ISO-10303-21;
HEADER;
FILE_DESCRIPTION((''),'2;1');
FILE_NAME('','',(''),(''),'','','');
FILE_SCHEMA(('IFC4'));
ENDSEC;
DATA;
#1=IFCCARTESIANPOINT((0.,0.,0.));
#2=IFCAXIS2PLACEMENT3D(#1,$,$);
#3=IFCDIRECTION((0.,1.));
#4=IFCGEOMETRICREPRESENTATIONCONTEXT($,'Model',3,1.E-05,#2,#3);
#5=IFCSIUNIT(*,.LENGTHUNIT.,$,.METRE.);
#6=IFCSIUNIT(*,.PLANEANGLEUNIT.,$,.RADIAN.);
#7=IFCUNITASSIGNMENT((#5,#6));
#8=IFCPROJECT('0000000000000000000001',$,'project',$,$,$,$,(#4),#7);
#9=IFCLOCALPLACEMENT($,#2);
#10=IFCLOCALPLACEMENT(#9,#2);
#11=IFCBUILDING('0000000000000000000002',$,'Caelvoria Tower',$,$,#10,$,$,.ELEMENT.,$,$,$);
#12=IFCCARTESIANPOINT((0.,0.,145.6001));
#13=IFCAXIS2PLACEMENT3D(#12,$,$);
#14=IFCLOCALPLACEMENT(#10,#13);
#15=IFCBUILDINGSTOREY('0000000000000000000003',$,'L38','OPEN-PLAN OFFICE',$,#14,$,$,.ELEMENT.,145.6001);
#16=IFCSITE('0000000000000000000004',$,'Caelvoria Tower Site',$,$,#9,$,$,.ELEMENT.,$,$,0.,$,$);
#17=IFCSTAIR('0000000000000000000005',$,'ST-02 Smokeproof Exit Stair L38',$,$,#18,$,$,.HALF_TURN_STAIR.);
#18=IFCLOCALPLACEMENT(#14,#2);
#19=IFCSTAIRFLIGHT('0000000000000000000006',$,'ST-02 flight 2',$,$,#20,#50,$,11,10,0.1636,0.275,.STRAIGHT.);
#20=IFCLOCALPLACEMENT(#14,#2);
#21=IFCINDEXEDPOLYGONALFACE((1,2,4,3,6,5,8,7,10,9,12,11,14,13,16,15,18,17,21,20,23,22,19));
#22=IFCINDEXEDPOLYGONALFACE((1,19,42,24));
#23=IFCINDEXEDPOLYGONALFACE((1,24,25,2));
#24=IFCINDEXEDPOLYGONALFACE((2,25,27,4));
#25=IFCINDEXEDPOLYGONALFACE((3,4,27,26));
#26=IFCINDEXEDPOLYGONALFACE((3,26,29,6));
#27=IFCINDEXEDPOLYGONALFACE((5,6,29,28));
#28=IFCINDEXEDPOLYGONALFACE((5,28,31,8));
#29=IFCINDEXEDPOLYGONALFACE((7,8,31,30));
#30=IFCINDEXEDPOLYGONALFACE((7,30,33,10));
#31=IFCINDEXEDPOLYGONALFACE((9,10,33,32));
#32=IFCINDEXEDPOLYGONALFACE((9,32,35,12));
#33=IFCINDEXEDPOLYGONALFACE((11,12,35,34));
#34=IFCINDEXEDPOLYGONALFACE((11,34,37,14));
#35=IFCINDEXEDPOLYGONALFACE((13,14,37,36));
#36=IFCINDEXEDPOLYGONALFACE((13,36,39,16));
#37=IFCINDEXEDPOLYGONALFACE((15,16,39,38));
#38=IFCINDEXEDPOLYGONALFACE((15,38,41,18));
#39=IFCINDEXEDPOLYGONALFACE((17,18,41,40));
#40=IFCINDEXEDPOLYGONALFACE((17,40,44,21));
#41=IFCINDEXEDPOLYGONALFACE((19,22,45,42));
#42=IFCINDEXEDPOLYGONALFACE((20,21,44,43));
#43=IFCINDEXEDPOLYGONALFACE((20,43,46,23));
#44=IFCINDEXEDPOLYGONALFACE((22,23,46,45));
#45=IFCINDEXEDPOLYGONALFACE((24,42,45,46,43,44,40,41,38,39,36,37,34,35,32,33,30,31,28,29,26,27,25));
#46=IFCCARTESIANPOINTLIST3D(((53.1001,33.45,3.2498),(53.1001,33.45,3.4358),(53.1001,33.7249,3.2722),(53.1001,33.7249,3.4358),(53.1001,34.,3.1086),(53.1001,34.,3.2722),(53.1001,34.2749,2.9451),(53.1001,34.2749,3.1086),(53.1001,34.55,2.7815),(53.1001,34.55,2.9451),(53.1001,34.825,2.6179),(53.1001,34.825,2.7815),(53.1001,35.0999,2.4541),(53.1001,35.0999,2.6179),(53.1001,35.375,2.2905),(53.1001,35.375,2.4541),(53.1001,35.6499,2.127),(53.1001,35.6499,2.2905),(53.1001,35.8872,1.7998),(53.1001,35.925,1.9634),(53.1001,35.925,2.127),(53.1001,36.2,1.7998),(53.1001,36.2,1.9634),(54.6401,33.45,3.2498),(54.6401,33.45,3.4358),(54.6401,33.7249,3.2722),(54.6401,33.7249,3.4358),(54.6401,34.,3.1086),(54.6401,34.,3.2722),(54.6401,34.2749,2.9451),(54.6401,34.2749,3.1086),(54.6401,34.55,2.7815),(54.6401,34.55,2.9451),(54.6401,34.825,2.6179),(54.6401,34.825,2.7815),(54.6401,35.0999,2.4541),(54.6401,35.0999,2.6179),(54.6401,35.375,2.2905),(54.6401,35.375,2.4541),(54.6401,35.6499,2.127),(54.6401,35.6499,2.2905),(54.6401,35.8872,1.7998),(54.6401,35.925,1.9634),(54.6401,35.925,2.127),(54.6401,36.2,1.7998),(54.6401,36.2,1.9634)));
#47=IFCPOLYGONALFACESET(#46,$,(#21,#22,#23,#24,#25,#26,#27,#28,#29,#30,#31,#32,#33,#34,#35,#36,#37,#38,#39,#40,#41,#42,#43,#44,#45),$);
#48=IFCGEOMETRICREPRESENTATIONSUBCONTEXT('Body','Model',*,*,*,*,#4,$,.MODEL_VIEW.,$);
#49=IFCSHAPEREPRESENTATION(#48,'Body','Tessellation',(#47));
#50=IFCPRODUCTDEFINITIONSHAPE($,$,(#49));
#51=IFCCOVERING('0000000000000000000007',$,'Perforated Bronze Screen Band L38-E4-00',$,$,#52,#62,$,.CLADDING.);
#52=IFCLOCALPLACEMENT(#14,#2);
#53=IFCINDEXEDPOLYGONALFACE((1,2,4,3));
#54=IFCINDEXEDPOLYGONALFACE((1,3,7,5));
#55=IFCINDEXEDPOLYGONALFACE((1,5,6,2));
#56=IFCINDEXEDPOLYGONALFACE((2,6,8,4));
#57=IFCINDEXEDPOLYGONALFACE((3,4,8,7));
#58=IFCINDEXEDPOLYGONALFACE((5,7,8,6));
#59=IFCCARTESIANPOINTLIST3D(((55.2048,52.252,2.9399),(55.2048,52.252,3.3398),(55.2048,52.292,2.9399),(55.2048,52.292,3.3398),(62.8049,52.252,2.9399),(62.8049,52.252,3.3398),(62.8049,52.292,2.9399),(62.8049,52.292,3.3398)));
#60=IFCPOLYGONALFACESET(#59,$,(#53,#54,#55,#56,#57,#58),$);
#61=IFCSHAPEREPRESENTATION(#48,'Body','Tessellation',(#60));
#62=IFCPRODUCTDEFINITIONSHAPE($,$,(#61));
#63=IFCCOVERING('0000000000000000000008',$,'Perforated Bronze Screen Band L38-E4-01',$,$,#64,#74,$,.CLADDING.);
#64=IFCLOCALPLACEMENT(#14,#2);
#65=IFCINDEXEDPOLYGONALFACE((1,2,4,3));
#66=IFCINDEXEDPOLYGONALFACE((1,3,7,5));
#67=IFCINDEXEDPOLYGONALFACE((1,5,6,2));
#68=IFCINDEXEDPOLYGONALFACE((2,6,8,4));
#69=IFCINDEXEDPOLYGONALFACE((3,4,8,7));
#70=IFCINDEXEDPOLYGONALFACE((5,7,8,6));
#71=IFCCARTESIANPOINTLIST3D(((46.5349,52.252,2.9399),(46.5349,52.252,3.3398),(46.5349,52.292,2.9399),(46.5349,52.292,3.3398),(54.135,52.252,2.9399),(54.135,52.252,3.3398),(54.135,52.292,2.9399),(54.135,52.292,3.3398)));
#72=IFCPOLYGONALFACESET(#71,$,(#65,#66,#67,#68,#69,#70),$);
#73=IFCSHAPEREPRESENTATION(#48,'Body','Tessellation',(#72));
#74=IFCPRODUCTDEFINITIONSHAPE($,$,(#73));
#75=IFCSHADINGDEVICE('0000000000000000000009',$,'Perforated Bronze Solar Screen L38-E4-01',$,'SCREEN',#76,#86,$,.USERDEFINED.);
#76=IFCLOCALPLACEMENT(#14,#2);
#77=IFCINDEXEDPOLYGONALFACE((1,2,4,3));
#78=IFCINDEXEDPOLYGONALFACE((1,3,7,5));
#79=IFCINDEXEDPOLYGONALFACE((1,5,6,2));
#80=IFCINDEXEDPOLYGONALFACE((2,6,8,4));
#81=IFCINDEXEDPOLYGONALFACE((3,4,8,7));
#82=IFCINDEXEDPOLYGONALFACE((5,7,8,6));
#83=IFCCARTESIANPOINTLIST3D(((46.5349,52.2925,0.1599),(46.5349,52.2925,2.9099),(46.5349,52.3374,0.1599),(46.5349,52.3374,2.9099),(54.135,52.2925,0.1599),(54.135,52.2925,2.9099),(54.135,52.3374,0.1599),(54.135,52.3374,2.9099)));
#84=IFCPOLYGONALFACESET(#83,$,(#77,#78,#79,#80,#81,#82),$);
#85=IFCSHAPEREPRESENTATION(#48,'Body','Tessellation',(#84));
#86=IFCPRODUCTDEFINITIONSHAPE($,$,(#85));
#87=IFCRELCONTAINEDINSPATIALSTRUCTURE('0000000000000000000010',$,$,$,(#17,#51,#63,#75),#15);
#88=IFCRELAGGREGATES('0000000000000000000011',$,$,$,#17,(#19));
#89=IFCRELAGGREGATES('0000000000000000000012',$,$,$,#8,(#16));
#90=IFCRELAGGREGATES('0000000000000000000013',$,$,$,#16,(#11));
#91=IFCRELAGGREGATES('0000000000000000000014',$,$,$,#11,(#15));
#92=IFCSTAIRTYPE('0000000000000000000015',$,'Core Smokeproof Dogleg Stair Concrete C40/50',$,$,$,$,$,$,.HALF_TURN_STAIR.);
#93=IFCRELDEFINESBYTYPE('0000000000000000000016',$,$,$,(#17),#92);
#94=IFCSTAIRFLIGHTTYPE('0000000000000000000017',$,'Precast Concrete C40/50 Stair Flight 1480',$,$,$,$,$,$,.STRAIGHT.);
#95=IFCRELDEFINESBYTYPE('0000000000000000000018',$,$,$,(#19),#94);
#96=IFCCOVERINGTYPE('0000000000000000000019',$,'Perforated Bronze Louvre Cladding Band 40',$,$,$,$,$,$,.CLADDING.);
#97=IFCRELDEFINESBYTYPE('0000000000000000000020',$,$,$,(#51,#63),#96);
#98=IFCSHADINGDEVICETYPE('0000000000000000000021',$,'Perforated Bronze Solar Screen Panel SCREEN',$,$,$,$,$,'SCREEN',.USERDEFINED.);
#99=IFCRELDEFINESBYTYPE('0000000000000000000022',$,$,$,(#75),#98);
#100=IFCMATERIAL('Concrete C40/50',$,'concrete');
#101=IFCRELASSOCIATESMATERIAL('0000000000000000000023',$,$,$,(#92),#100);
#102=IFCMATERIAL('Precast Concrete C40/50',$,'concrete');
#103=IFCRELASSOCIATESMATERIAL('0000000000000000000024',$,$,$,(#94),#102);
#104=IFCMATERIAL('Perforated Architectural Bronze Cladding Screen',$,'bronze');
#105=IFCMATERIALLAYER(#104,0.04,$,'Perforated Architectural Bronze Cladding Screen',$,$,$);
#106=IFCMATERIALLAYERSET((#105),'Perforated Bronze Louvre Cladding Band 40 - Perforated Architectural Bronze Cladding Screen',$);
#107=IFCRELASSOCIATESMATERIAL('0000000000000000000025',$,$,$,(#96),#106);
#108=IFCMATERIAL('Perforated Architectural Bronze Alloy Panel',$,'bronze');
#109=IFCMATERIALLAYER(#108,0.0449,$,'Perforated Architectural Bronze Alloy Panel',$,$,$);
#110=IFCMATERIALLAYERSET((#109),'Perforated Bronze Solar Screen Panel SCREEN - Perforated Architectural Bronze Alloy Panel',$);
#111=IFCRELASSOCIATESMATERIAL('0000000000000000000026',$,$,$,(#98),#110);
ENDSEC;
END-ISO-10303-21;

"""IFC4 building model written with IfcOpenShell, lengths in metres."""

from ifc_helpers import new_model, si_unit, direction, frame, origin, origin_2d, place, context, subcontext, project, spatial, polyline, rectangle, outline, extrude, material, layer, layer_set, type_object, element, aggregate, save


model = new_model("IFC4")

# Units and contexts
model_context = context("Model", 3, precision=1e-05, world=origin(), true_north=direction((0.0, 1.0)))
body_context = subcontext(model_context, "Body", "Model", "MODEL_VIEW")
ifc_project = project(units=[si_unit("LENGTHUNIT", "METRE"), si_unit("PLANEANGLEUNIT", "RADIAN")], contexts=[model_context])

# Site, building, storey
site_placement = place(None, origin())
site = spatial("IfcSite", under=ifc_project, at=site_placement, Name="Caelvoria Tower Site", CompositionType="ELEMENT", RefElevation=0.0)
building_placement = place(site_placement, origin())
building = spatial("IfcBuilding", under=site, at=building_placement, Name="Caelvoria Tower", CompositionType="ELEMENT")
storey_placement = place(building_placement, frame((0.0, 0.0, 145.6001)))
storey = spatial("IfcBuildingStorey", under=building, at=storey_placement, Name="L38", Description="OPEN-PLAN OFFICE", CompositionType="ELEMENT", Elevation=145.6001)

# Stair, stair flight
ifc_material_1 = material(Name="Concrete C40/50", Category="concrete")
stair_type = type_object("IfcStairType", Name="Core Smokeproof Dogleg Stair Concrete C40/50", PredefinedType="HALF_TURN_STAIR", material=ifc_material_1)
stair_placement = place(storey_placement, origin())
stair = element("IfcStair", 1, at=stair_placement, inside=storey, type_object=stair_type, Name="ST-02 Smokeproof Exit Stair L38", PredefinedType="HALF_TURN_STAIR")
ifc_material_2 = material(Name="Precast Concrete C40/50", Category="concrete")
stair_flight_type = type_object("IfcStairFlightType", Name="Precast Concrete C40/50 Stair Flight 1480", PredefinedType="STRAIGHT", material=ifc_material_2)
stair_flight_1_placement = place(storey_placement, frame((53.8701, 36.2, 1.7998), z_axis=(0.0, 0.0, 1.0), x_axis=(0.0, -1.0, 0.0)))
stair_flight_1 = element("IfcStairFlight", 2, at=stair_flight_1_placement, type_object=stair_flight_type, Name="ST-02 flight 2", NumberOfRisers=11, NumberOfTreads=10, PredefinedType="STRAIGHT", RiserHeight=0.1636, TreadLength=0.275, context=body_context, shape_type="SweptSolid", body=[
    extrude(outline(polyline([(0.0, 0.0), (0.0, 0.1636), (0.2749, 0.1636), (0.2749, 0.3271), (0.55, 0.3271), (0.55, 0.4907), (0.825, 0.4907), (0.825, 0.6543), (1.1001, 0.6543), (1.1001, 0.8181), (1.375, 0.8181), (1.375, 0.9817), (1.6499, 0.9817), (1.6499, 1.1453), (1.925, 1.1453), (1.925, 1.3088), (2.2, 1.3088), (2.2, 1.4724), (2.4751, 1.4724), (2.4751, 1.636), (2.75, 1.636), (2.75, 1.7996), (2.75, 1.45), (0.3127, 0.0), (0.0, 0.0)])), frame((0.0, 0.77, 0.0), z_axis=(0.0, -1.0, 0.0), x_axis=(1.0, 0.0, 0.0)), (0.0, 0.0, 1.0), 1.54),
])
aggregate(stair, [stair_flight_1])

# Coverings
ifc_material_3 = material(Name="Perforated Architectural Bronze Cladding Screen", Category="bronze")
ifc_layer_1 = layer(ifc_material_3, 0.04, Name="Perforated Architectural Bronze Cladding Screen")
ifc_layer_set_1 = layer_set([ifc_layer_1], Name="Perforated Bronze Louvre Cladding Band 40 - Perforated Architectural Bronze Cladding Screen")
covering_type = type_object("IfcCoveringType", Name="Perforated Bronze Louvre Cladding Band 40", PredefinedType="CLADDING", material=ifc_layer_set_1)
for number, where, z_axis, x_axis, name in (
    (3, (59.0049, 52.272, 2.9399), (0.0, 0.0, 1.0), (-1.0, 0.0, 0.0), "Perforated Bronze Screen Band L38-E4-00"),
    (4, (50.335, 52.272, 2.9399), (0.0, 0.0, 1.0), (-1.0, 0.0, 0.0), "Perforated Bronze Screen Band L38-E4-01"),
):
    element("IfcCovering", number, at=place(storey_placement, frame(where, z_axis=z_axis, x_axis=x_axis)), inside=storey, type_object=covering_type, Name=name, PredefinedType="CLADDING", context=body_context, shape_type="SweptSolid", body=[
        extrude(rectangle(XDim=7.6001, YDim=0.04, at=origin_2d()), origin(), (0.0, 0.0, 1.0), 0.3999),
    ])

# Shading device
ifc_material_4 = material(Name="Perforated Architectural Bronze Alloy Panel", Category="bronze")
ifc_layer_2 = layer(ifc_material_4, 0.0449, Name="Perforated Architectural Bronze Alloy Panel")
ifc_layer_set_2 = layer_set([ifc_layer_2], Name="Perforated Bronze Solar Screen Panel SCREEN - Perforated Architectural Bronze Alloy Panel")
shading_device_type = type_object("IfcShadingDeviceType", Name="Perforated Bronze Solar Screen Panel SCREEN", ElementType="SCREEN", PredefinedType="USERDEFINED", material=ifc_layer_set_2)
shading_device_placement = place(storey_placement, frame((50.335, 52.3149, 0.1599), z_axis=(0.0, 0.0, 1.0), x_axis=(-1.0, 0.0, 0.0)))
element("IfcShadingDevice", 5, at=shading_device_placement, inside=storey, type_object=shading_device_type, Name="Perforated Bronze Solar Screen L38-E4-01", ObjectType="SCREEN", PredefinedType="USERDEFINED", context=body_context, shape_type="SweptSolid", body=[
    extrude(rectangle(XDim=7.6001, YDim=0.0449, at=origin_2d()), origin(), (0.0, 0.0, 1.0), 2.75),
])

save(model, "model.ifc")
